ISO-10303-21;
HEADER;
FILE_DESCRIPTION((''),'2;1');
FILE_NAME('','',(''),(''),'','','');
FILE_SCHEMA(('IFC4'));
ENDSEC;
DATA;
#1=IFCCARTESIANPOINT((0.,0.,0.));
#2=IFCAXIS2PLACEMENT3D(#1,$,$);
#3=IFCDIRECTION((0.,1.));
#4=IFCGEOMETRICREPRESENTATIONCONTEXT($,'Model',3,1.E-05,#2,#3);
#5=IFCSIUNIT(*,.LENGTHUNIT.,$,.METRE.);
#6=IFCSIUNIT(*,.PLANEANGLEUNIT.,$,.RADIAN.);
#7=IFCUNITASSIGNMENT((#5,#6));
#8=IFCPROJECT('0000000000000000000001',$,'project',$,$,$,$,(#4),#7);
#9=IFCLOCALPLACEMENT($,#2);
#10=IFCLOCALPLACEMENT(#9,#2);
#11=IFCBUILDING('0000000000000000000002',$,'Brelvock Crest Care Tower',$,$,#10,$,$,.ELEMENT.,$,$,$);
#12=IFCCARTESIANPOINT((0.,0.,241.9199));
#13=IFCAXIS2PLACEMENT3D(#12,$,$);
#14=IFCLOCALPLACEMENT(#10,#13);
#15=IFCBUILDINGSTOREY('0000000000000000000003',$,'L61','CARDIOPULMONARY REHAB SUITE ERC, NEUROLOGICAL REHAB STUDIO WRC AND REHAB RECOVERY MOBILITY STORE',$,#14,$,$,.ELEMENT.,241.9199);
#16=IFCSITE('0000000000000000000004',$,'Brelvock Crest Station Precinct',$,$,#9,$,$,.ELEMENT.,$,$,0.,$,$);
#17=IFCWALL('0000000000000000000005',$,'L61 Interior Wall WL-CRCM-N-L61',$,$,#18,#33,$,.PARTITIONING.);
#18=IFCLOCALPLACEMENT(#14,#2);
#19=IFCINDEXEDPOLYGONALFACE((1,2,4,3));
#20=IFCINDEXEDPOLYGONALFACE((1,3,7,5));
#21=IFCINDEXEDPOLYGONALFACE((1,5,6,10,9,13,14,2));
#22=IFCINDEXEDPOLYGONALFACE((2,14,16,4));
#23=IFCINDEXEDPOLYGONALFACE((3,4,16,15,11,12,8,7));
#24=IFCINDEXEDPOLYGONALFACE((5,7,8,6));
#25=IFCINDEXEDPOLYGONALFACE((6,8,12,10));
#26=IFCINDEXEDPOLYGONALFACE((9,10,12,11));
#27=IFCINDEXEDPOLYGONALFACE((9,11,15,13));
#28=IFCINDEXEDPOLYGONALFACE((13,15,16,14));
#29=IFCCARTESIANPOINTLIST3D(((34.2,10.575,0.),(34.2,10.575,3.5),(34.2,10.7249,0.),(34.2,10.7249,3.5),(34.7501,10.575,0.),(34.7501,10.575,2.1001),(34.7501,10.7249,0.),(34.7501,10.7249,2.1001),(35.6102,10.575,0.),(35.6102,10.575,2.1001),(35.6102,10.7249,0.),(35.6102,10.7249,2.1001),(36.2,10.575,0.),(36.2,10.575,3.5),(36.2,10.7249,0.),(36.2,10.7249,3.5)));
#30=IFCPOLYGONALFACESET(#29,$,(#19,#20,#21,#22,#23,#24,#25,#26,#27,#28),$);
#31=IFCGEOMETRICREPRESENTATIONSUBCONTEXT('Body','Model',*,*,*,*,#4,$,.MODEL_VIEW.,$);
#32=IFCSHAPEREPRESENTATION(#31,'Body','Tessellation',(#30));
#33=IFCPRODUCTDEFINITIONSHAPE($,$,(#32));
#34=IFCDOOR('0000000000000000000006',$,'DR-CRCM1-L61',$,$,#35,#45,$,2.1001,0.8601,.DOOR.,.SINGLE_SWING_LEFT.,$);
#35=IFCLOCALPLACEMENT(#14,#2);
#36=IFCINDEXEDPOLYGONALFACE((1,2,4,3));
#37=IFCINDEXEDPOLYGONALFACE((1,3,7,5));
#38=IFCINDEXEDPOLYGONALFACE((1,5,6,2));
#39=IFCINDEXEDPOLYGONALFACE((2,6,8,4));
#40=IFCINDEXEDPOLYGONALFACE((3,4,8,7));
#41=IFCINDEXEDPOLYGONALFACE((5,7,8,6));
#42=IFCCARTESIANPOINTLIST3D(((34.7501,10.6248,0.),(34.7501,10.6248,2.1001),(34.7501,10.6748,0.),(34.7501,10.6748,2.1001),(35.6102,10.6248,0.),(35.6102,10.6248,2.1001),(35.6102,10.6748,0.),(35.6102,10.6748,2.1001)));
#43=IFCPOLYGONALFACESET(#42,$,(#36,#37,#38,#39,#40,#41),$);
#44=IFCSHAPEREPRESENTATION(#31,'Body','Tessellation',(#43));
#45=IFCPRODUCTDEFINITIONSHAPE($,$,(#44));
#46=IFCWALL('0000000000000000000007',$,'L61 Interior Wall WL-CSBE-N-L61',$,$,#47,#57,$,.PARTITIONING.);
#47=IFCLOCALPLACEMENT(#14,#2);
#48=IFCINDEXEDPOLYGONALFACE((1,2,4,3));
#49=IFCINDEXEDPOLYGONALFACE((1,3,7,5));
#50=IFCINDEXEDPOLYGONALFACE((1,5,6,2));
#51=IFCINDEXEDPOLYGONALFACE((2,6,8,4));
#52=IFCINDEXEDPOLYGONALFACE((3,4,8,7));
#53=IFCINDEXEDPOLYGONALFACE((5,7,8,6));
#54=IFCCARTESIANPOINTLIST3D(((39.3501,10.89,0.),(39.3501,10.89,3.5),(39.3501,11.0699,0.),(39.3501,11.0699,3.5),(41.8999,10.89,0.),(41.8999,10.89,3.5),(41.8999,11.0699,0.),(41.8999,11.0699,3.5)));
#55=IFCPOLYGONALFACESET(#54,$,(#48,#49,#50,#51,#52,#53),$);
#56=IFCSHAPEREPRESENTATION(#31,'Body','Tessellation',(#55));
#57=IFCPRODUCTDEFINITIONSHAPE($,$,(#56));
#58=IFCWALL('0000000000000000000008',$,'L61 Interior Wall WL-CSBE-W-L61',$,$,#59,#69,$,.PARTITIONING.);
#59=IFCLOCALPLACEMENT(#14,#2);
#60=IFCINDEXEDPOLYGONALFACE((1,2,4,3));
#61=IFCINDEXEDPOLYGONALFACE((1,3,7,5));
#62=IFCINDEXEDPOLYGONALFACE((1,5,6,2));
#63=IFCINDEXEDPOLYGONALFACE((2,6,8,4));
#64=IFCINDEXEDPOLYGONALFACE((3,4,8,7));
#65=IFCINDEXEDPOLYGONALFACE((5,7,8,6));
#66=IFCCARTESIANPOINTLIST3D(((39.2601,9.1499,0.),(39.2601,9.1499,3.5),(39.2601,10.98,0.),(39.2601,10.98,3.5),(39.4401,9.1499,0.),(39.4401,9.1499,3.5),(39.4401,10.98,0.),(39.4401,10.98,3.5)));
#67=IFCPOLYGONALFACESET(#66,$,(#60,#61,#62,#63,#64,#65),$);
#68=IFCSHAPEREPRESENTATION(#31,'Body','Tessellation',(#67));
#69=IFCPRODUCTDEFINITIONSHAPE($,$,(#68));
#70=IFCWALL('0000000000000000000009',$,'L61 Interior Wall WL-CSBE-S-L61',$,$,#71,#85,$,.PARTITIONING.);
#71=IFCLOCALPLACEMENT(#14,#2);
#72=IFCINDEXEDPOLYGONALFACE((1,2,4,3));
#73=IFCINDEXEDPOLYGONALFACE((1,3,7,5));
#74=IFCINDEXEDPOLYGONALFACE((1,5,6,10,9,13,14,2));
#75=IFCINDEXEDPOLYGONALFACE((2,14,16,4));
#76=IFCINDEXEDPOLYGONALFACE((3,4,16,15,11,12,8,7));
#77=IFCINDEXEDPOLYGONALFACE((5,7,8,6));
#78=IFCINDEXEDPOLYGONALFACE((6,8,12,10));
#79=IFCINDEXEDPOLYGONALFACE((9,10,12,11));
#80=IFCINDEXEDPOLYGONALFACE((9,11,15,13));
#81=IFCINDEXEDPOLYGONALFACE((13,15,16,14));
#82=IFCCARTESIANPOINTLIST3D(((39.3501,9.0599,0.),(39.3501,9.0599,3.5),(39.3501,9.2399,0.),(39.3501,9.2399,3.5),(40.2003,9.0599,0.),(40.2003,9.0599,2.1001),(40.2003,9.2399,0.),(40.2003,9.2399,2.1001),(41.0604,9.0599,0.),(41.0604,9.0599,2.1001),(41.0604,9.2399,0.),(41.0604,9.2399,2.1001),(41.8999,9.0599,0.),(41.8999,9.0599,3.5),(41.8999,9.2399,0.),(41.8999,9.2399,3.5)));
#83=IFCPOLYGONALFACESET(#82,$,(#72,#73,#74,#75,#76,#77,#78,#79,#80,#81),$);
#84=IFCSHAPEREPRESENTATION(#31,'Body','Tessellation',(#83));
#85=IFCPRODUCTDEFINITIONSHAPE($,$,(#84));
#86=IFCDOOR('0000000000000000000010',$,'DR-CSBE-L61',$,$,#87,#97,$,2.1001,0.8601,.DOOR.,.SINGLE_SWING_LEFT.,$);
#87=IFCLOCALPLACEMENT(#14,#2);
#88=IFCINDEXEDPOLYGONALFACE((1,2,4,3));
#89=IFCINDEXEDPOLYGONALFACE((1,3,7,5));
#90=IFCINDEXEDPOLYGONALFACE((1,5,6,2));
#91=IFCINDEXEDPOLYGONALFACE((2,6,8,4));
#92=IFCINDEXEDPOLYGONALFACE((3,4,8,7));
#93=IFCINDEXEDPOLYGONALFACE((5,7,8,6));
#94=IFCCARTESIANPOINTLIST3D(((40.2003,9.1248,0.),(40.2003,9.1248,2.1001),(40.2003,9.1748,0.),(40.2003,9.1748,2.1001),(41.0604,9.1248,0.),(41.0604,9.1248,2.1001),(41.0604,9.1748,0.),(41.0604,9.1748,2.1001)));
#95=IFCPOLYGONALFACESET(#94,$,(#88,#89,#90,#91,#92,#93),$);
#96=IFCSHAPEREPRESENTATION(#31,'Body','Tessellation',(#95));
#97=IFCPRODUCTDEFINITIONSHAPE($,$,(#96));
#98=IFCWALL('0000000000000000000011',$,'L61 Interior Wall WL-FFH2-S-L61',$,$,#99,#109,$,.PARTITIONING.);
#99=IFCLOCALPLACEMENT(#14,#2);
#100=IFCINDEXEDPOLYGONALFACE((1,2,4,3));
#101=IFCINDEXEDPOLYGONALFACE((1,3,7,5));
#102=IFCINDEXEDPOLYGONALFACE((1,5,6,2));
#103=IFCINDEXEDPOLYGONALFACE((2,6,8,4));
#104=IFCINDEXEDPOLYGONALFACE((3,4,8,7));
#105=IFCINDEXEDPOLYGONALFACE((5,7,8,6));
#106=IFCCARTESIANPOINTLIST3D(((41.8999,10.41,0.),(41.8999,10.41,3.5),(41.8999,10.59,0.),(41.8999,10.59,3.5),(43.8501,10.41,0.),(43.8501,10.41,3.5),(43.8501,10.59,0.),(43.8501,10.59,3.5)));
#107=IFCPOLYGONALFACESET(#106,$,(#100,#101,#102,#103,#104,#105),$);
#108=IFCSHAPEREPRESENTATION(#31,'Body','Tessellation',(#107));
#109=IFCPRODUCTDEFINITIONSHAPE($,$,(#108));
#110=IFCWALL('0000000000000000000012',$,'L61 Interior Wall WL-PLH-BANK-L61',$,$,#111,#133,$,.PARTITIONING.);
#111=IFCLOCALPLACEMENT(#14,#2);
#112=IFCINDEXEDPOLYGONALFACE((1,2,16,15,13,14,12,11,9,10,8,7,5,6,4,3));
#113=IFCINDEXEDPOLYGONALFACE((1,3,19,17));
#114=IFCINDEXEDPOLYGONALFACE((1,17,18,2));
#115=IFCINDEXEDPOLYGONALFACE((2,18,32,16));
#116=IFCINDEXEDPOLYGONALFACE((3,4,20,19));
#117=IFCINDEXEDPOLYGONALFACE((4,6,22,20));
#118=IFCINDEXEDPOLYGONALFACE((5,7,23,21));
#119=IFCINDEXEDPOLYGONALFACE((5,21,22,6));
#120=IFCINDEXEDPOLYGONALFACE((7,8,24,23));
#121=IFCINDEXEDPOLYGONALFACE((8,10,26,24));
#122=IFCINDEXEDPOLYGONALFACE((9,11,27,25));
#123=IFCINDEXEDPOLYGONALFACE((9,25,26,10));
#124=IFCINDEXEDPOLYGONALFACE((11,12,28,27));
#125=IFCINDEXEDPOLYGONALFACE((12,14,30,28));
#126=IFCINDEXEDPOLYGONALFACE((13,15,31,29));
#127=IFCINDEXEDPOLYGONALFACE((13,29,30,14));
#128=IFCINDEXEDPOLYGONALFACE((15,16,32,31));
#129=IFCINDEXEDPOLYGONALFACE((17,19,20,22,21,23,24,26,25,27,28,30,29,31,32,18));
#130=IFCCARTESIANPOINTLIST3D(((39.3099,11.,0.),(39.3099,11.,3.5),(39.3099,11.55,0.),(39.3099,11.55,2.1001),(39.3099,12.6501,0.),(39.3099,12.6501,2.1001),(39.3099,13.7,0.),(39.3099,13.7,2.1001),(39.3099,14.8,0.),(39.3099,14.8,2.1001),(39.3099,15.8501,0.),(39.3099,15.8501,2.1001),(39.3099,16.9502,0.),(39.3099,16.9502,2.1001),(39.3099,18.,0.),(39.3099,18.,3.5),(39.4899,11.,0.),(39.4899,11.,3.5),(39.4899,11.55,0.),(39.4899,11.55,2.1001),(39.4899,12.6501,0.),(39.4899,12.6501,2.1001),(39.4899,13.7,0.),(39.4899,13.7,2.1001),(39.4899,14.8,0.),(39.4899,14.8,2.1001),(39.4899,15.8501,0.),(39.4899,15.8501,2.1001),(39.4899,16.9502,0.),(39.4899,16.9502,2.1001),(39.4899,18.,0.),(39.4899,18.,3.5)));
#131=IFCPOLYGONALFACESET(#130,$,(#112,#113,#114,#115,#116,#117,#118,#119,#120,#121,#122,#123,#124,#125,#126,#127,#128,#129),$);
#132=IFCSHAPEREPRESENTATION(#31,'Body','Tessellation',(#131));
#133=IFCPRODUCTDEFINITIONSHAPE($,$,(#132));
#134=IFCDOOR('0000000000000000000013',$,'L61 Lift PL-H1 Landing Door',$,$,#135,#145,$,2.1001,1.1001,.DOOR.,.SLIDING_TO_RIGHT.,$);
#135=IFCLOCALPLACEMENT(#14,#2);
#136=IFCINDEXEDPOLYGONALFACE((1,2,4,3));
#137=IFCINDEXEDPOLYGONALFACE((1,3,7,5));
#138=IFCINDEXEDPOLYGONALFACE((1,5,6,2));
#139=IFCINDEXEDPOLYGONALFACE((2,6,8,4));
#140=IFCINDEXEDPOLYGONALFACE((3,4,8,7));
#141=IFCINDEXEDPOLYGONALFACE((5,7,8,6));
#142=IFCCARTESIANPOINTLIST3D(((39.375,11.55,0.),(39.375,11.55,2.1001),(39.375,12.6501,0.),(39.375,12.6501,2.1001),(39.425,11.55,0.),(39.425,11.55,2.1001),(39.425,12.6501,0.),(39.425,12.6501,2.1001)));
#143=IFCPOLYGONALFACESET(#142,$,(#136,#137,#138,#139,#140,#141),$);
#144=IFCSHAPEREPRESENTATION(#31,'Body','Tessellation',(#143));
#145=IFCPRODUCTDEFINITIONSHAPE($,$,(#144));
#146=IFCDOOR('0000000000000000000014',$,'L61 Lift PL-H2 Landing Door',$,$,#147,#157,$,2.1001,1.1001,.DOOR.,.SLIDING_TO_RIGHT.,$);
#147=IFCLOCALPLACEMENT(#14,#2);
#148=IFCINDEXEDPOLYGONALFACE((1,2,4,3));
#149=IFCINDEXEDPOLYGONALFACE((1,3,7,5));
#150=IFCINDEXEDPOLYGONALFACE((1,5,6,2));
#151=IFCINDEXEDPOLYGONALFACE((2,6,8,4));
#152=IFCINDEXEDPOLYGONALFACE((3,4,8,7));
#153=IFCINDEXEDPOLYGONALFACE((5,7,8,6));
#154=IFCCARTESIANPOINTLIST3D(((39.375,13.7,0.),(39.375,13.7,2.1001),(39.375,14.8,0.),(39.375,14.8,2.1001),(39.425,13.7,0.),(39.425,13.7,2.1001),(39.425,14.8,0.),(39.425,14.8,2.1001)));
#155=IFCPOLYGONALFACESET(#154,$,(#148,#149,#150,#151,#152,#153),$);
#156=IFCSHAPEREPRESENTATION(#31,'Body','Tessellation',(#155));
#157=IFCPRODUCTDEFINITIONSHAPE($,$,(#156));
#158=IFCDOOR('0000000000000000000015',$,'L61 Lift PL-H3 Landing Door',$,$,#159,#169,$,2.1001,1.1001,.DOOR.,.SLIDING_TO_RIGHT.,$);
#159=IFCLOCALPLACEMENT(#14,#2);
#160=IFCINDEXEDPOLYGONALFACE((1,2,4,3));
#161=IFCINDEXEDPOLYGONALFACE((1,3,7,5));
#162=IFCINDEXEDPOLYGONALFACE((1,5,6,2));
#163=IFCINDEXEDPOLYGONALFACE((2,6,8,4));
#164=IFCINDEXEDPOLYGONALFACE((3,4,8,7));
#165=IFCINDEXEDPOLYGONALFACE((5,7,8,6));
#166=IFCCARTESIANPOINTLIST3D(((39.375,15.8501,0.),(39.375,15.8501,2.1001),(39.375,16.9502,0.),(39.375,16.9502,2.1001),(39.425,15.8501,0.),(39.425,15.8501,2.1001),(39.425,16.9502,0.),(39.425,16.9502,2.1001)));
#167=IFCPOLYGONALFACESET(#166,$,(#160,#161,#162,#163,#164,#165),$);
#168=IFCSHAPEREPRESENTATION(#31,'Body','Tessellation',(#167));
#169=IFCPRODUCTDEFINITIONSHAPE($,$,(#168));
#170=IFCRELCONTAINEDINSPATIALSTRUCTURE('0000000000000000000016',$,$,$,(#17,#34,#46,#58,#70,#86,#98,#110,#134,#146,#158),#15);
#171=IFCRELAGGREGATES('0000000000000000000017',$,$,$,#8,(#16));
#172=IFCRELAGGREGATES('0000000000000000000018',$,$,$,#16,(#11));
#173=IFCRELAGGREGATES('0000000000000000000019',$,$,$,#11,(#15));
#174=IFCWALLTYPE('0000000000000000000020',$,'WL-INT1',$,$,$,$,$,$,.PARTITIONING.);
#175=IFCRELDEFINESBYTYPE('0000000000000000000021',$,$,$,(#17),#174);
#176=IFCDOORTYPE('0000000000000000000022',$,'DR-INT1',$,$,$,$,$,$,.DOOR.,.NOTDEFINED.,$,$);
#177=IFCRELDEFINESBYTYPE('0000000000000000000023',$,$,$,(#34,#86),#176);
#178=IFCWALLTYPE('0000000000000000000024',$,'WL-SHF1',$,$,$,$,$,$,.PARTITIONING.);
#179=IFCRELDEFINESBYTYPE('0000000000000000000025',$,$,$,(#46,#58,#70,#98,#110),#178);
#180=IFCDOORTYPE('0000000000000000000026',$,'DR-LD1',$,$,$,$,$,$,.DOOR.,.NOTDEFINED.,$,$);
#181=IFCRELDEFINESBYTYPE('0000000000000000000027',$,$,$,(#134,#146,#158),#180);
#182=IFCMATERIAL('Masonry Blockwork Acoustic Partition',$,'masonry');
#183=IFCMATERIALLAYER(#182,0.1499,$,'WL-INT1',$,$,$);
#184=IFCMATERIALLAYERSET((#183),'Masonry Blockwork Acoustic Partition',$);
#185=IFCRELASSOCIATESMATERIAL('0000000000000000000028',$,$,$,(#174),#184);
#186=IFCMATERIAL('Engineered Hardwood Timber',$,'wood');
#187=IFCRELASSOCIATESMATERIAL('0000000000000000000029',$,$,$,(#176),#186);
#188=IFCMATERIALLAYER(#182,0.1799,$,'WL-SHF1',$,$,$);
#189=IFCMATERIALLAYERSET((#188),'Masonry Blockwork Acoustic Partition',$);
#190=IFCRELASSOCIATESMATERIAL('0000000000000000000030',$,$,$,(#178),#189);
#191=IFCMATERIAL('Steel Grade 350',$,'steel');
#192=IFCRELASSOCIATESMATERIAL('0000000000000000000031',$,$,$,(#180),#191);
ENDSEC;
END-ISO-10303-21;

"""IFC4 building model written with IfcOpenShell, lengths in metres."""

from ifc_helpers import new_model, si_unit, direction, frame, frame_2d, origin, origin_2d, place, context, subcontext, project, spatial, rectangle, extrude, source, transform, mapped, material, layer, layer_set, type_object, element, fill, save


model = new_model("IFC4")

# Units and contexts
model_context = context("Model", 3, precision=1e-05, world=origin(), true_north=direction((0.0, 1.0)))
body_context = subcontext(model_context, "Body", "Model", "MODEL_VIEW")
ifc_project = project(units=[si_unit("LENGTHUNIT", "METRE"), si_unit("PLANEANGLEUNIT", "RADIAN")], contexts=[model_context])

# Site, building, storey
site_placement = place(None, origin())
site = spatial("IfcSite", under=ifc_project, at=site_placement, Name="Brelvock Crest Station Precinct", CompositionType="ELEMENT", RefElevation=0.0)
building_placement = place(site_placement, origin())
building = spatial("IfcBuilding", under=site, at=building_placement, Name="Brelvock Crest Care Tower", CompositionType="ELEMENT")
storey_placement = place(building_placement, frame((0.0, 0.0, 241.9199)))
storey = spatial("IfcBuildingStorey", under=building, at=storey_placement, Name="L61", Description="CARDIOPULMONARY REHAB SUITE ERC, NEUROLOGICAL REHAB STUDIO WRC AND REHAB RECOVERY MOBILITY STORE", CompositionType="ELEMENT", Elevation=241.9199)

# Shared definitions
ifc_material_1 = material(Name="Steel Grade 350", Category="steel")

# Shared definitions
ifc_material_2 = material(Name="Masonry Blockwork Acoustic Partition", Category="masonry")
ifc_layer_1 = layer(ifc_material_2, 0.1499, Name="WL-INT1")
ifc_layer_set_1 = layer_set([ifc_layer_1], Name="Masonry Blockwork Acoustic Partition")
wall_type_1 = type_object("IfcWallType", Name="WL-INT1", PredefinedType="PARTITIONING", material=ifc_layer_set_1)

# Wall, opening, door
wall_1_placement = place(storey_placement, frame((34.2, 10.6499, 0.0), z_axis=(0.0, 0.0, 1.0), x_axis=(1.0, 0.0, 0.0)))
wall_1 = element("IfcWall", 1, at=wall_1_placement, inside=storey, type_object=wall_type_1, Name="L61 Interior Wall WL-CRCM-N-L61", PredefinedType="PARTITIONING", context=body_context, shape_type="SweptSolid", body=[
    extrude(rectangle(XDim=2.0, YDim=0.1499, at=frame_2d((1.0, 0.0))), origin(), (0.0, 0.0, 1.0), 3.5),
])
opening_1_placement = place(wall_1_placement, frame((0.55, 0.0, 0.0)))
opening_1 = element("IfcOpeningElement", 2, at=opening_1_placement, cuts=wall_1, PredefinedType="OPENING", context=body_context, shape_type="SweptSolid", body=[
    extrude(rectangle(XDim=0.8601, YDim=2.1001, at=origin_2d()), frame((0.4302, 0.085, 1.05), z_axis=(0.0, -1.0, 0.0), x_axis=(1.0, 0.0, 0.0)), (0.0, 0.0, 1.0), 0.1699),
])
ifc_material_3 = material(Name="Engineered Hardwood Timber", Category="wood")
door_type_1 = type_object("IfcDoorType", Name="DR-INT1", OperationType="NOTDEFINED", PredefinedType="DOOR", material=ifc_material_3)
shared_shape_1 = source(origin(), body_context, "Body", "SweptSolid", [
    extrude(rectangle(XDim=0.8601, YDim=2.1001, at=origin_2d()), frame((0.4302, 0.0249, 1.05), z_axis=(0.0, -1.0, 0.0), x_axis=(1.0, 0.0, 0.0)), (0.0, 0.0, 1.0), 0.05),
])
door_1_placement = place(opening_1_placement, origin())
door_1 = element("IfcDoor", 3, at=door_1_placement, inside=storey, type_object=door_type_1, Name="DR-CRCM1-L61", OperationType="SINGLE_SWING_LEFT", OverallHeight=2.1001, OverallWidth=0.8601, PredefinedType="DOOR", context=body_context, shape_type="MappedRepresentation", body=[
    mapped(shared_shape_1, transform((0.0, 0.0, 0.0), x_axis=(1.0, 0.0, 0.0), y_axis=(0.0, 1.0, 0.0), z_axis=(0.0, 0.0, 1.0), scale=1.0)),
])
fill(opening_1, door_1)

# Walls
ifc_layer_2 = layer(ifc_material_2, 0.1799, Name="WL-SHF1")
ifc_layer_set_2 = layer_set([ifc_layer_2], Name="Masonry Blockwork Acoustic Partition")
wall_type_2 = type_object("IfcWallType", Name="WL-SHF1", PredefinedType="PARTITIONING", material=ifc_layer_set_2)
wall_2_placement = place(storey_placement, frame((39.3501, 10.98, 0.0), z_axis=(0.0, 0.0, 1.0), x_axis=(1.0, 0.0, 0.0)))
element("IfcWall", 4, at=wall_2_placement, inside=storey, type_object=wall_type_2, Name="L61 Interior Wall WL-CSBE-N-L61", PredefinedType="PARTITIONING", context=body_context, shape_type="SweptSolid", body=[
    extrude(rectangle(XDim=2.5498, YDim=0.1799, at=frame_2d((1.2749, 0.0))), origin(), (0.0, 0.0, 1.0), 3.5),
])
wall_3_placement = place(storey_placement, frame((39.3501, 9.1499, 0.0), z_axis=(0.0, 0.0, 1.0), x_axis=(0.0, 1.0, 0.0)))
element("IfcWall", 5, at=wall_3_placement, inside=storey, type_object=wall_type_2, Name="L61 Interior Wall WL-CSBE-W-L61", PredefinedType="PARTITIONING", context=body_context, shape_type="SweptSolid", body=[
    extrude(rectangle(XDim=1.8301, YDim=0.1799, at=frame_2d((0.915, 0.0))), origin(), (0.0, 0.0, 1.0), 3.5),
])

# Wall, opening, door
wall_4_placement = place(storey_placement, frame((39.3501, 9.1499, 0.0), z_axis=(0.0, 0.0, 1.0), x_axis=(1.0, 0.0, 0.0)))
wall_4 = element("IfcWall", 6, at=wall_4_placement, inside=storey, type_object=wall_type_2, Name="L61 Interior Wall WL-CSBE-S-L61", PredefinedType="PARTITIONING", context=body_context, shape_type="SweptSolid", body=[
    extrude(rectangle(XDim=2.5498, YDim=0.1799, at=frame_2d((1.2749, 0.0))), origin(), (0.0, 0.0, 1.0), 3.5),
])
opening_2_placement = place(wall_4_placement, frame((0.8501, 0.0, 0.0)))
opening_2 = element("IfcOpeningElement", 7, at=opening_2_placement, cuts=wall_4, PredefinedType="OPENING", context=body_context, shape_type="SweptSolid", body=[
    extrude(rectangle(XDim=0.8601, YDim=2.1001, at=origin_2d()), frame((0.4302, 0.1001, 1.05), z_axis=(0.0, -1.0, 0.0), x_axis=(1.0, 0.0, 0.0)), (0.0, 0.0, 1.0), 0.2),
])
door_2_placement = place(opening_2_placement, origin())
door_2 = element("IfcDoor", 8, at=door_2_placement, inside=storey, type_object=door_type_1, Name="DR-CSBE-L61", OperationType="SINGLE_SWING_LEFT", OverallHeight=2.1001, OverallWidth=0.8601, PredefinedType="DOOR", context=body_context, shape_type="MappedRepresentation", body=[
    mapped(shared_shape_1, transform((0.0, 0.0, 0.0), x_axis=(1.0, 0.0, 0.0), y_axis=(0.0, 1.0, 0.0), z_axis=(0.0, 0.0, 1.0), scale=1.0)),
])
fill(opening_2, door_2)

# Wall
wall_5_placement = place(storey_placement, frame((41.8999, 10.5, 0.0), z_axis=(0.0, 0.0, 1.0), x_axis=(1.0, 0.0, 0.0)))
element("IfcWall", 9, at=wall_5_placement, inside=storey, type_object=wall_type_2, Name="L61 Interior Wall WL-FFH2-S-L61", PredefinedType="PARTITIONING", context=body_context, shape_type="SweptSolid", body=[
    extrude(rectangle(XDim=1.9502, YDim=0.1799, at=frame_2d((0.9751, 0.0))), origin(), (0.0, 0.0, 1.0), 3.5),
])

# Wall, openings, doors
wall_6_placement = place(storey_placement, frame((39.3999, 11.0, 0.0), z_axis=(0.0, 0.0, 1.0), x_axis=(0.0, 1.0, 0.0)))
wall_6 = element("IfcWall", 10, at=wall_6_placement, inside=storey, type_object=wall_type_2, Name="L61 Interior Wall WL-PLH-BANK-L61", PredefinedType="PARTITIONING", context=body_context, shape_type="SweptSolid", body=[
    extrude(rectangle(XDim=7.0, YDim=0.1799, at=frame_2d((3.5, 0.0))), origin(), (0.0, 0.0, 1.0), 3.5),
])
opening_3_placement = place(wall_6_placement, frame((0.55, 0.0, 0.0)))
opening_3 = element("IfcOpeningElement", 11, at=opening_3_placement, cuts=wall_6, PredefinedType="OPENING", context=body_context, shape_type="SweptSolid", body=[
    extrude(rectangle(XDim=1.1001, YDim=2.1001, at=origin_2d()), frame((0.55, 0.1001, 1.05), z_axis=(0.0, -1.0, 0.0), x_axis=(1.0, 0.0, 0.0)), (0.0, 0.0, 1.0), 0.2),
])
opening_4_placement = place(wall_6_placement, frame((2.7, 0.0, 0.0)))
opening_4 = element("IfcOpeningElement", 12, at=opening_4_placement, cuts=wall_6, PredefinedType="OPENING", context=body_context, shape_type="SweptSolid", body=[
    extrude(rectangle(XDim=1.1001, YDim=2.1001, at=origin_2d()), frame((0.55, 0.1001, 1.05), z_axis=(0.0, -1.0, 0.0), x_axis=(1.0, 0.0, 0.0)), (0.0, 0.0, 1.0), 0.2),
])
opening_5_placement = place(wall_6_placement, frame((4.8501, 0.0, 0.0)))
opening_5 = element("IfcOpeningElement", 13, at=opening_5_placement, cuts=wall_6, PredefinedType="OPENING", context=body_context, shape_type="SweptSolid", body=[
    extrude(rectangle(XDim=1.1001, YDim=2.1001, at=origin_2d()), frame((0.55, 0.1001, 1.05), z_axis=(0.0, -1.0, 0.0), x_axis=(1.0, 0.0, 0.0)), (0.0, 0.0, 1.0), 0.2),
])
door_type_2 = type_object("IfcDoorType", Name="DR-LD1", OperationType="NOTDEFINED", PredefinedType="DOOR", material=ifc_material_1)
shared_shape_2 = source(origin(), body_context, "Body", "SweptSolid", [
    extrude(rectangle(XDim=1.1001, YDim=2.1001, at=origin_2d()), frame((0.55, 0.0249, 1.05), z_axis=(0.0, -1.0, 0.0), x_axis=(1.0, 0.0, 0.0)), (0.0, 0.0, 1.0), 0.05),
])
door_3_placement = place(opening_3_placement, origin())
door_3 = element("IfcDoor", 14, at=door_3_placement, inside=storey, type_object=door_type_2, Name="L61 Lift PL-H1 Landing Door", OperationType="SLIDING_TO_RIGHT", OverallHeight=2.1001, OverallWidth=1.1001, PredefinedType="DOOR", context=body_context, shape_type="MappedRepresentation", body=[
    mapped(shared_shape_2, transform((0.0, 0.0, 0.0), x_axis=(1.0, 0.0, 0.0), y_axis=(0.0, 1.0, 0.0), z_axis=(0.0, 0.0, 1.0), scale=1.0)),
])
fill(opening_3, door_3)
door_4_placement = place(opening_4_placement, origin())
door_4 = element("IfcDoor", 15, at=door_4_placement, inside=storey, type_object=door_type_2, Name="L61 Lift PL-H2 Landing Door", OperationType="SLIDING_TO_RIGHT", OverallHeight=2.1001, OverallWidth=1.1001, PredefinedType="DOOR", context=body_context, shape_type="MappedRepresentation", body=[
    mapped(shared_shape_2, transform((0.0, 0.0, 0.0), x_axis=(1.0, 0.0, 0.0), y_axis=(0.0, 1.0, 0.0), z_axis=(0.0, 0.0, 1.0), scale=1.0)),
])
fill(opening_4, door_4)
door_5_placement = place(opening_5_placement, origin())
door_5 = element("IfcDoor", 16, at=door_5_placement, inside=storey, type_object=door_type_2, Name="L61 Lift PL-H3 Landing Door", OperationType="SLIDING_TO_RIGHT", OverallHeight=2.1001, OverallWidth=1.1001, PredefinedType="DOOR", context=body_context, shape_type="MappedRepresentation", body=[
    mapped(shared_shape_2, transform((0.0, 0.0, 0.0), x_axis=(1.0, 0.0, 0.0), y_axis=(0.0, 1.0, 0.0), z_axis=(0.0, 0.0, 1.0), scale=1.0)),
])
fill(opening_5, door_5)

save(model, "model.ifc")
